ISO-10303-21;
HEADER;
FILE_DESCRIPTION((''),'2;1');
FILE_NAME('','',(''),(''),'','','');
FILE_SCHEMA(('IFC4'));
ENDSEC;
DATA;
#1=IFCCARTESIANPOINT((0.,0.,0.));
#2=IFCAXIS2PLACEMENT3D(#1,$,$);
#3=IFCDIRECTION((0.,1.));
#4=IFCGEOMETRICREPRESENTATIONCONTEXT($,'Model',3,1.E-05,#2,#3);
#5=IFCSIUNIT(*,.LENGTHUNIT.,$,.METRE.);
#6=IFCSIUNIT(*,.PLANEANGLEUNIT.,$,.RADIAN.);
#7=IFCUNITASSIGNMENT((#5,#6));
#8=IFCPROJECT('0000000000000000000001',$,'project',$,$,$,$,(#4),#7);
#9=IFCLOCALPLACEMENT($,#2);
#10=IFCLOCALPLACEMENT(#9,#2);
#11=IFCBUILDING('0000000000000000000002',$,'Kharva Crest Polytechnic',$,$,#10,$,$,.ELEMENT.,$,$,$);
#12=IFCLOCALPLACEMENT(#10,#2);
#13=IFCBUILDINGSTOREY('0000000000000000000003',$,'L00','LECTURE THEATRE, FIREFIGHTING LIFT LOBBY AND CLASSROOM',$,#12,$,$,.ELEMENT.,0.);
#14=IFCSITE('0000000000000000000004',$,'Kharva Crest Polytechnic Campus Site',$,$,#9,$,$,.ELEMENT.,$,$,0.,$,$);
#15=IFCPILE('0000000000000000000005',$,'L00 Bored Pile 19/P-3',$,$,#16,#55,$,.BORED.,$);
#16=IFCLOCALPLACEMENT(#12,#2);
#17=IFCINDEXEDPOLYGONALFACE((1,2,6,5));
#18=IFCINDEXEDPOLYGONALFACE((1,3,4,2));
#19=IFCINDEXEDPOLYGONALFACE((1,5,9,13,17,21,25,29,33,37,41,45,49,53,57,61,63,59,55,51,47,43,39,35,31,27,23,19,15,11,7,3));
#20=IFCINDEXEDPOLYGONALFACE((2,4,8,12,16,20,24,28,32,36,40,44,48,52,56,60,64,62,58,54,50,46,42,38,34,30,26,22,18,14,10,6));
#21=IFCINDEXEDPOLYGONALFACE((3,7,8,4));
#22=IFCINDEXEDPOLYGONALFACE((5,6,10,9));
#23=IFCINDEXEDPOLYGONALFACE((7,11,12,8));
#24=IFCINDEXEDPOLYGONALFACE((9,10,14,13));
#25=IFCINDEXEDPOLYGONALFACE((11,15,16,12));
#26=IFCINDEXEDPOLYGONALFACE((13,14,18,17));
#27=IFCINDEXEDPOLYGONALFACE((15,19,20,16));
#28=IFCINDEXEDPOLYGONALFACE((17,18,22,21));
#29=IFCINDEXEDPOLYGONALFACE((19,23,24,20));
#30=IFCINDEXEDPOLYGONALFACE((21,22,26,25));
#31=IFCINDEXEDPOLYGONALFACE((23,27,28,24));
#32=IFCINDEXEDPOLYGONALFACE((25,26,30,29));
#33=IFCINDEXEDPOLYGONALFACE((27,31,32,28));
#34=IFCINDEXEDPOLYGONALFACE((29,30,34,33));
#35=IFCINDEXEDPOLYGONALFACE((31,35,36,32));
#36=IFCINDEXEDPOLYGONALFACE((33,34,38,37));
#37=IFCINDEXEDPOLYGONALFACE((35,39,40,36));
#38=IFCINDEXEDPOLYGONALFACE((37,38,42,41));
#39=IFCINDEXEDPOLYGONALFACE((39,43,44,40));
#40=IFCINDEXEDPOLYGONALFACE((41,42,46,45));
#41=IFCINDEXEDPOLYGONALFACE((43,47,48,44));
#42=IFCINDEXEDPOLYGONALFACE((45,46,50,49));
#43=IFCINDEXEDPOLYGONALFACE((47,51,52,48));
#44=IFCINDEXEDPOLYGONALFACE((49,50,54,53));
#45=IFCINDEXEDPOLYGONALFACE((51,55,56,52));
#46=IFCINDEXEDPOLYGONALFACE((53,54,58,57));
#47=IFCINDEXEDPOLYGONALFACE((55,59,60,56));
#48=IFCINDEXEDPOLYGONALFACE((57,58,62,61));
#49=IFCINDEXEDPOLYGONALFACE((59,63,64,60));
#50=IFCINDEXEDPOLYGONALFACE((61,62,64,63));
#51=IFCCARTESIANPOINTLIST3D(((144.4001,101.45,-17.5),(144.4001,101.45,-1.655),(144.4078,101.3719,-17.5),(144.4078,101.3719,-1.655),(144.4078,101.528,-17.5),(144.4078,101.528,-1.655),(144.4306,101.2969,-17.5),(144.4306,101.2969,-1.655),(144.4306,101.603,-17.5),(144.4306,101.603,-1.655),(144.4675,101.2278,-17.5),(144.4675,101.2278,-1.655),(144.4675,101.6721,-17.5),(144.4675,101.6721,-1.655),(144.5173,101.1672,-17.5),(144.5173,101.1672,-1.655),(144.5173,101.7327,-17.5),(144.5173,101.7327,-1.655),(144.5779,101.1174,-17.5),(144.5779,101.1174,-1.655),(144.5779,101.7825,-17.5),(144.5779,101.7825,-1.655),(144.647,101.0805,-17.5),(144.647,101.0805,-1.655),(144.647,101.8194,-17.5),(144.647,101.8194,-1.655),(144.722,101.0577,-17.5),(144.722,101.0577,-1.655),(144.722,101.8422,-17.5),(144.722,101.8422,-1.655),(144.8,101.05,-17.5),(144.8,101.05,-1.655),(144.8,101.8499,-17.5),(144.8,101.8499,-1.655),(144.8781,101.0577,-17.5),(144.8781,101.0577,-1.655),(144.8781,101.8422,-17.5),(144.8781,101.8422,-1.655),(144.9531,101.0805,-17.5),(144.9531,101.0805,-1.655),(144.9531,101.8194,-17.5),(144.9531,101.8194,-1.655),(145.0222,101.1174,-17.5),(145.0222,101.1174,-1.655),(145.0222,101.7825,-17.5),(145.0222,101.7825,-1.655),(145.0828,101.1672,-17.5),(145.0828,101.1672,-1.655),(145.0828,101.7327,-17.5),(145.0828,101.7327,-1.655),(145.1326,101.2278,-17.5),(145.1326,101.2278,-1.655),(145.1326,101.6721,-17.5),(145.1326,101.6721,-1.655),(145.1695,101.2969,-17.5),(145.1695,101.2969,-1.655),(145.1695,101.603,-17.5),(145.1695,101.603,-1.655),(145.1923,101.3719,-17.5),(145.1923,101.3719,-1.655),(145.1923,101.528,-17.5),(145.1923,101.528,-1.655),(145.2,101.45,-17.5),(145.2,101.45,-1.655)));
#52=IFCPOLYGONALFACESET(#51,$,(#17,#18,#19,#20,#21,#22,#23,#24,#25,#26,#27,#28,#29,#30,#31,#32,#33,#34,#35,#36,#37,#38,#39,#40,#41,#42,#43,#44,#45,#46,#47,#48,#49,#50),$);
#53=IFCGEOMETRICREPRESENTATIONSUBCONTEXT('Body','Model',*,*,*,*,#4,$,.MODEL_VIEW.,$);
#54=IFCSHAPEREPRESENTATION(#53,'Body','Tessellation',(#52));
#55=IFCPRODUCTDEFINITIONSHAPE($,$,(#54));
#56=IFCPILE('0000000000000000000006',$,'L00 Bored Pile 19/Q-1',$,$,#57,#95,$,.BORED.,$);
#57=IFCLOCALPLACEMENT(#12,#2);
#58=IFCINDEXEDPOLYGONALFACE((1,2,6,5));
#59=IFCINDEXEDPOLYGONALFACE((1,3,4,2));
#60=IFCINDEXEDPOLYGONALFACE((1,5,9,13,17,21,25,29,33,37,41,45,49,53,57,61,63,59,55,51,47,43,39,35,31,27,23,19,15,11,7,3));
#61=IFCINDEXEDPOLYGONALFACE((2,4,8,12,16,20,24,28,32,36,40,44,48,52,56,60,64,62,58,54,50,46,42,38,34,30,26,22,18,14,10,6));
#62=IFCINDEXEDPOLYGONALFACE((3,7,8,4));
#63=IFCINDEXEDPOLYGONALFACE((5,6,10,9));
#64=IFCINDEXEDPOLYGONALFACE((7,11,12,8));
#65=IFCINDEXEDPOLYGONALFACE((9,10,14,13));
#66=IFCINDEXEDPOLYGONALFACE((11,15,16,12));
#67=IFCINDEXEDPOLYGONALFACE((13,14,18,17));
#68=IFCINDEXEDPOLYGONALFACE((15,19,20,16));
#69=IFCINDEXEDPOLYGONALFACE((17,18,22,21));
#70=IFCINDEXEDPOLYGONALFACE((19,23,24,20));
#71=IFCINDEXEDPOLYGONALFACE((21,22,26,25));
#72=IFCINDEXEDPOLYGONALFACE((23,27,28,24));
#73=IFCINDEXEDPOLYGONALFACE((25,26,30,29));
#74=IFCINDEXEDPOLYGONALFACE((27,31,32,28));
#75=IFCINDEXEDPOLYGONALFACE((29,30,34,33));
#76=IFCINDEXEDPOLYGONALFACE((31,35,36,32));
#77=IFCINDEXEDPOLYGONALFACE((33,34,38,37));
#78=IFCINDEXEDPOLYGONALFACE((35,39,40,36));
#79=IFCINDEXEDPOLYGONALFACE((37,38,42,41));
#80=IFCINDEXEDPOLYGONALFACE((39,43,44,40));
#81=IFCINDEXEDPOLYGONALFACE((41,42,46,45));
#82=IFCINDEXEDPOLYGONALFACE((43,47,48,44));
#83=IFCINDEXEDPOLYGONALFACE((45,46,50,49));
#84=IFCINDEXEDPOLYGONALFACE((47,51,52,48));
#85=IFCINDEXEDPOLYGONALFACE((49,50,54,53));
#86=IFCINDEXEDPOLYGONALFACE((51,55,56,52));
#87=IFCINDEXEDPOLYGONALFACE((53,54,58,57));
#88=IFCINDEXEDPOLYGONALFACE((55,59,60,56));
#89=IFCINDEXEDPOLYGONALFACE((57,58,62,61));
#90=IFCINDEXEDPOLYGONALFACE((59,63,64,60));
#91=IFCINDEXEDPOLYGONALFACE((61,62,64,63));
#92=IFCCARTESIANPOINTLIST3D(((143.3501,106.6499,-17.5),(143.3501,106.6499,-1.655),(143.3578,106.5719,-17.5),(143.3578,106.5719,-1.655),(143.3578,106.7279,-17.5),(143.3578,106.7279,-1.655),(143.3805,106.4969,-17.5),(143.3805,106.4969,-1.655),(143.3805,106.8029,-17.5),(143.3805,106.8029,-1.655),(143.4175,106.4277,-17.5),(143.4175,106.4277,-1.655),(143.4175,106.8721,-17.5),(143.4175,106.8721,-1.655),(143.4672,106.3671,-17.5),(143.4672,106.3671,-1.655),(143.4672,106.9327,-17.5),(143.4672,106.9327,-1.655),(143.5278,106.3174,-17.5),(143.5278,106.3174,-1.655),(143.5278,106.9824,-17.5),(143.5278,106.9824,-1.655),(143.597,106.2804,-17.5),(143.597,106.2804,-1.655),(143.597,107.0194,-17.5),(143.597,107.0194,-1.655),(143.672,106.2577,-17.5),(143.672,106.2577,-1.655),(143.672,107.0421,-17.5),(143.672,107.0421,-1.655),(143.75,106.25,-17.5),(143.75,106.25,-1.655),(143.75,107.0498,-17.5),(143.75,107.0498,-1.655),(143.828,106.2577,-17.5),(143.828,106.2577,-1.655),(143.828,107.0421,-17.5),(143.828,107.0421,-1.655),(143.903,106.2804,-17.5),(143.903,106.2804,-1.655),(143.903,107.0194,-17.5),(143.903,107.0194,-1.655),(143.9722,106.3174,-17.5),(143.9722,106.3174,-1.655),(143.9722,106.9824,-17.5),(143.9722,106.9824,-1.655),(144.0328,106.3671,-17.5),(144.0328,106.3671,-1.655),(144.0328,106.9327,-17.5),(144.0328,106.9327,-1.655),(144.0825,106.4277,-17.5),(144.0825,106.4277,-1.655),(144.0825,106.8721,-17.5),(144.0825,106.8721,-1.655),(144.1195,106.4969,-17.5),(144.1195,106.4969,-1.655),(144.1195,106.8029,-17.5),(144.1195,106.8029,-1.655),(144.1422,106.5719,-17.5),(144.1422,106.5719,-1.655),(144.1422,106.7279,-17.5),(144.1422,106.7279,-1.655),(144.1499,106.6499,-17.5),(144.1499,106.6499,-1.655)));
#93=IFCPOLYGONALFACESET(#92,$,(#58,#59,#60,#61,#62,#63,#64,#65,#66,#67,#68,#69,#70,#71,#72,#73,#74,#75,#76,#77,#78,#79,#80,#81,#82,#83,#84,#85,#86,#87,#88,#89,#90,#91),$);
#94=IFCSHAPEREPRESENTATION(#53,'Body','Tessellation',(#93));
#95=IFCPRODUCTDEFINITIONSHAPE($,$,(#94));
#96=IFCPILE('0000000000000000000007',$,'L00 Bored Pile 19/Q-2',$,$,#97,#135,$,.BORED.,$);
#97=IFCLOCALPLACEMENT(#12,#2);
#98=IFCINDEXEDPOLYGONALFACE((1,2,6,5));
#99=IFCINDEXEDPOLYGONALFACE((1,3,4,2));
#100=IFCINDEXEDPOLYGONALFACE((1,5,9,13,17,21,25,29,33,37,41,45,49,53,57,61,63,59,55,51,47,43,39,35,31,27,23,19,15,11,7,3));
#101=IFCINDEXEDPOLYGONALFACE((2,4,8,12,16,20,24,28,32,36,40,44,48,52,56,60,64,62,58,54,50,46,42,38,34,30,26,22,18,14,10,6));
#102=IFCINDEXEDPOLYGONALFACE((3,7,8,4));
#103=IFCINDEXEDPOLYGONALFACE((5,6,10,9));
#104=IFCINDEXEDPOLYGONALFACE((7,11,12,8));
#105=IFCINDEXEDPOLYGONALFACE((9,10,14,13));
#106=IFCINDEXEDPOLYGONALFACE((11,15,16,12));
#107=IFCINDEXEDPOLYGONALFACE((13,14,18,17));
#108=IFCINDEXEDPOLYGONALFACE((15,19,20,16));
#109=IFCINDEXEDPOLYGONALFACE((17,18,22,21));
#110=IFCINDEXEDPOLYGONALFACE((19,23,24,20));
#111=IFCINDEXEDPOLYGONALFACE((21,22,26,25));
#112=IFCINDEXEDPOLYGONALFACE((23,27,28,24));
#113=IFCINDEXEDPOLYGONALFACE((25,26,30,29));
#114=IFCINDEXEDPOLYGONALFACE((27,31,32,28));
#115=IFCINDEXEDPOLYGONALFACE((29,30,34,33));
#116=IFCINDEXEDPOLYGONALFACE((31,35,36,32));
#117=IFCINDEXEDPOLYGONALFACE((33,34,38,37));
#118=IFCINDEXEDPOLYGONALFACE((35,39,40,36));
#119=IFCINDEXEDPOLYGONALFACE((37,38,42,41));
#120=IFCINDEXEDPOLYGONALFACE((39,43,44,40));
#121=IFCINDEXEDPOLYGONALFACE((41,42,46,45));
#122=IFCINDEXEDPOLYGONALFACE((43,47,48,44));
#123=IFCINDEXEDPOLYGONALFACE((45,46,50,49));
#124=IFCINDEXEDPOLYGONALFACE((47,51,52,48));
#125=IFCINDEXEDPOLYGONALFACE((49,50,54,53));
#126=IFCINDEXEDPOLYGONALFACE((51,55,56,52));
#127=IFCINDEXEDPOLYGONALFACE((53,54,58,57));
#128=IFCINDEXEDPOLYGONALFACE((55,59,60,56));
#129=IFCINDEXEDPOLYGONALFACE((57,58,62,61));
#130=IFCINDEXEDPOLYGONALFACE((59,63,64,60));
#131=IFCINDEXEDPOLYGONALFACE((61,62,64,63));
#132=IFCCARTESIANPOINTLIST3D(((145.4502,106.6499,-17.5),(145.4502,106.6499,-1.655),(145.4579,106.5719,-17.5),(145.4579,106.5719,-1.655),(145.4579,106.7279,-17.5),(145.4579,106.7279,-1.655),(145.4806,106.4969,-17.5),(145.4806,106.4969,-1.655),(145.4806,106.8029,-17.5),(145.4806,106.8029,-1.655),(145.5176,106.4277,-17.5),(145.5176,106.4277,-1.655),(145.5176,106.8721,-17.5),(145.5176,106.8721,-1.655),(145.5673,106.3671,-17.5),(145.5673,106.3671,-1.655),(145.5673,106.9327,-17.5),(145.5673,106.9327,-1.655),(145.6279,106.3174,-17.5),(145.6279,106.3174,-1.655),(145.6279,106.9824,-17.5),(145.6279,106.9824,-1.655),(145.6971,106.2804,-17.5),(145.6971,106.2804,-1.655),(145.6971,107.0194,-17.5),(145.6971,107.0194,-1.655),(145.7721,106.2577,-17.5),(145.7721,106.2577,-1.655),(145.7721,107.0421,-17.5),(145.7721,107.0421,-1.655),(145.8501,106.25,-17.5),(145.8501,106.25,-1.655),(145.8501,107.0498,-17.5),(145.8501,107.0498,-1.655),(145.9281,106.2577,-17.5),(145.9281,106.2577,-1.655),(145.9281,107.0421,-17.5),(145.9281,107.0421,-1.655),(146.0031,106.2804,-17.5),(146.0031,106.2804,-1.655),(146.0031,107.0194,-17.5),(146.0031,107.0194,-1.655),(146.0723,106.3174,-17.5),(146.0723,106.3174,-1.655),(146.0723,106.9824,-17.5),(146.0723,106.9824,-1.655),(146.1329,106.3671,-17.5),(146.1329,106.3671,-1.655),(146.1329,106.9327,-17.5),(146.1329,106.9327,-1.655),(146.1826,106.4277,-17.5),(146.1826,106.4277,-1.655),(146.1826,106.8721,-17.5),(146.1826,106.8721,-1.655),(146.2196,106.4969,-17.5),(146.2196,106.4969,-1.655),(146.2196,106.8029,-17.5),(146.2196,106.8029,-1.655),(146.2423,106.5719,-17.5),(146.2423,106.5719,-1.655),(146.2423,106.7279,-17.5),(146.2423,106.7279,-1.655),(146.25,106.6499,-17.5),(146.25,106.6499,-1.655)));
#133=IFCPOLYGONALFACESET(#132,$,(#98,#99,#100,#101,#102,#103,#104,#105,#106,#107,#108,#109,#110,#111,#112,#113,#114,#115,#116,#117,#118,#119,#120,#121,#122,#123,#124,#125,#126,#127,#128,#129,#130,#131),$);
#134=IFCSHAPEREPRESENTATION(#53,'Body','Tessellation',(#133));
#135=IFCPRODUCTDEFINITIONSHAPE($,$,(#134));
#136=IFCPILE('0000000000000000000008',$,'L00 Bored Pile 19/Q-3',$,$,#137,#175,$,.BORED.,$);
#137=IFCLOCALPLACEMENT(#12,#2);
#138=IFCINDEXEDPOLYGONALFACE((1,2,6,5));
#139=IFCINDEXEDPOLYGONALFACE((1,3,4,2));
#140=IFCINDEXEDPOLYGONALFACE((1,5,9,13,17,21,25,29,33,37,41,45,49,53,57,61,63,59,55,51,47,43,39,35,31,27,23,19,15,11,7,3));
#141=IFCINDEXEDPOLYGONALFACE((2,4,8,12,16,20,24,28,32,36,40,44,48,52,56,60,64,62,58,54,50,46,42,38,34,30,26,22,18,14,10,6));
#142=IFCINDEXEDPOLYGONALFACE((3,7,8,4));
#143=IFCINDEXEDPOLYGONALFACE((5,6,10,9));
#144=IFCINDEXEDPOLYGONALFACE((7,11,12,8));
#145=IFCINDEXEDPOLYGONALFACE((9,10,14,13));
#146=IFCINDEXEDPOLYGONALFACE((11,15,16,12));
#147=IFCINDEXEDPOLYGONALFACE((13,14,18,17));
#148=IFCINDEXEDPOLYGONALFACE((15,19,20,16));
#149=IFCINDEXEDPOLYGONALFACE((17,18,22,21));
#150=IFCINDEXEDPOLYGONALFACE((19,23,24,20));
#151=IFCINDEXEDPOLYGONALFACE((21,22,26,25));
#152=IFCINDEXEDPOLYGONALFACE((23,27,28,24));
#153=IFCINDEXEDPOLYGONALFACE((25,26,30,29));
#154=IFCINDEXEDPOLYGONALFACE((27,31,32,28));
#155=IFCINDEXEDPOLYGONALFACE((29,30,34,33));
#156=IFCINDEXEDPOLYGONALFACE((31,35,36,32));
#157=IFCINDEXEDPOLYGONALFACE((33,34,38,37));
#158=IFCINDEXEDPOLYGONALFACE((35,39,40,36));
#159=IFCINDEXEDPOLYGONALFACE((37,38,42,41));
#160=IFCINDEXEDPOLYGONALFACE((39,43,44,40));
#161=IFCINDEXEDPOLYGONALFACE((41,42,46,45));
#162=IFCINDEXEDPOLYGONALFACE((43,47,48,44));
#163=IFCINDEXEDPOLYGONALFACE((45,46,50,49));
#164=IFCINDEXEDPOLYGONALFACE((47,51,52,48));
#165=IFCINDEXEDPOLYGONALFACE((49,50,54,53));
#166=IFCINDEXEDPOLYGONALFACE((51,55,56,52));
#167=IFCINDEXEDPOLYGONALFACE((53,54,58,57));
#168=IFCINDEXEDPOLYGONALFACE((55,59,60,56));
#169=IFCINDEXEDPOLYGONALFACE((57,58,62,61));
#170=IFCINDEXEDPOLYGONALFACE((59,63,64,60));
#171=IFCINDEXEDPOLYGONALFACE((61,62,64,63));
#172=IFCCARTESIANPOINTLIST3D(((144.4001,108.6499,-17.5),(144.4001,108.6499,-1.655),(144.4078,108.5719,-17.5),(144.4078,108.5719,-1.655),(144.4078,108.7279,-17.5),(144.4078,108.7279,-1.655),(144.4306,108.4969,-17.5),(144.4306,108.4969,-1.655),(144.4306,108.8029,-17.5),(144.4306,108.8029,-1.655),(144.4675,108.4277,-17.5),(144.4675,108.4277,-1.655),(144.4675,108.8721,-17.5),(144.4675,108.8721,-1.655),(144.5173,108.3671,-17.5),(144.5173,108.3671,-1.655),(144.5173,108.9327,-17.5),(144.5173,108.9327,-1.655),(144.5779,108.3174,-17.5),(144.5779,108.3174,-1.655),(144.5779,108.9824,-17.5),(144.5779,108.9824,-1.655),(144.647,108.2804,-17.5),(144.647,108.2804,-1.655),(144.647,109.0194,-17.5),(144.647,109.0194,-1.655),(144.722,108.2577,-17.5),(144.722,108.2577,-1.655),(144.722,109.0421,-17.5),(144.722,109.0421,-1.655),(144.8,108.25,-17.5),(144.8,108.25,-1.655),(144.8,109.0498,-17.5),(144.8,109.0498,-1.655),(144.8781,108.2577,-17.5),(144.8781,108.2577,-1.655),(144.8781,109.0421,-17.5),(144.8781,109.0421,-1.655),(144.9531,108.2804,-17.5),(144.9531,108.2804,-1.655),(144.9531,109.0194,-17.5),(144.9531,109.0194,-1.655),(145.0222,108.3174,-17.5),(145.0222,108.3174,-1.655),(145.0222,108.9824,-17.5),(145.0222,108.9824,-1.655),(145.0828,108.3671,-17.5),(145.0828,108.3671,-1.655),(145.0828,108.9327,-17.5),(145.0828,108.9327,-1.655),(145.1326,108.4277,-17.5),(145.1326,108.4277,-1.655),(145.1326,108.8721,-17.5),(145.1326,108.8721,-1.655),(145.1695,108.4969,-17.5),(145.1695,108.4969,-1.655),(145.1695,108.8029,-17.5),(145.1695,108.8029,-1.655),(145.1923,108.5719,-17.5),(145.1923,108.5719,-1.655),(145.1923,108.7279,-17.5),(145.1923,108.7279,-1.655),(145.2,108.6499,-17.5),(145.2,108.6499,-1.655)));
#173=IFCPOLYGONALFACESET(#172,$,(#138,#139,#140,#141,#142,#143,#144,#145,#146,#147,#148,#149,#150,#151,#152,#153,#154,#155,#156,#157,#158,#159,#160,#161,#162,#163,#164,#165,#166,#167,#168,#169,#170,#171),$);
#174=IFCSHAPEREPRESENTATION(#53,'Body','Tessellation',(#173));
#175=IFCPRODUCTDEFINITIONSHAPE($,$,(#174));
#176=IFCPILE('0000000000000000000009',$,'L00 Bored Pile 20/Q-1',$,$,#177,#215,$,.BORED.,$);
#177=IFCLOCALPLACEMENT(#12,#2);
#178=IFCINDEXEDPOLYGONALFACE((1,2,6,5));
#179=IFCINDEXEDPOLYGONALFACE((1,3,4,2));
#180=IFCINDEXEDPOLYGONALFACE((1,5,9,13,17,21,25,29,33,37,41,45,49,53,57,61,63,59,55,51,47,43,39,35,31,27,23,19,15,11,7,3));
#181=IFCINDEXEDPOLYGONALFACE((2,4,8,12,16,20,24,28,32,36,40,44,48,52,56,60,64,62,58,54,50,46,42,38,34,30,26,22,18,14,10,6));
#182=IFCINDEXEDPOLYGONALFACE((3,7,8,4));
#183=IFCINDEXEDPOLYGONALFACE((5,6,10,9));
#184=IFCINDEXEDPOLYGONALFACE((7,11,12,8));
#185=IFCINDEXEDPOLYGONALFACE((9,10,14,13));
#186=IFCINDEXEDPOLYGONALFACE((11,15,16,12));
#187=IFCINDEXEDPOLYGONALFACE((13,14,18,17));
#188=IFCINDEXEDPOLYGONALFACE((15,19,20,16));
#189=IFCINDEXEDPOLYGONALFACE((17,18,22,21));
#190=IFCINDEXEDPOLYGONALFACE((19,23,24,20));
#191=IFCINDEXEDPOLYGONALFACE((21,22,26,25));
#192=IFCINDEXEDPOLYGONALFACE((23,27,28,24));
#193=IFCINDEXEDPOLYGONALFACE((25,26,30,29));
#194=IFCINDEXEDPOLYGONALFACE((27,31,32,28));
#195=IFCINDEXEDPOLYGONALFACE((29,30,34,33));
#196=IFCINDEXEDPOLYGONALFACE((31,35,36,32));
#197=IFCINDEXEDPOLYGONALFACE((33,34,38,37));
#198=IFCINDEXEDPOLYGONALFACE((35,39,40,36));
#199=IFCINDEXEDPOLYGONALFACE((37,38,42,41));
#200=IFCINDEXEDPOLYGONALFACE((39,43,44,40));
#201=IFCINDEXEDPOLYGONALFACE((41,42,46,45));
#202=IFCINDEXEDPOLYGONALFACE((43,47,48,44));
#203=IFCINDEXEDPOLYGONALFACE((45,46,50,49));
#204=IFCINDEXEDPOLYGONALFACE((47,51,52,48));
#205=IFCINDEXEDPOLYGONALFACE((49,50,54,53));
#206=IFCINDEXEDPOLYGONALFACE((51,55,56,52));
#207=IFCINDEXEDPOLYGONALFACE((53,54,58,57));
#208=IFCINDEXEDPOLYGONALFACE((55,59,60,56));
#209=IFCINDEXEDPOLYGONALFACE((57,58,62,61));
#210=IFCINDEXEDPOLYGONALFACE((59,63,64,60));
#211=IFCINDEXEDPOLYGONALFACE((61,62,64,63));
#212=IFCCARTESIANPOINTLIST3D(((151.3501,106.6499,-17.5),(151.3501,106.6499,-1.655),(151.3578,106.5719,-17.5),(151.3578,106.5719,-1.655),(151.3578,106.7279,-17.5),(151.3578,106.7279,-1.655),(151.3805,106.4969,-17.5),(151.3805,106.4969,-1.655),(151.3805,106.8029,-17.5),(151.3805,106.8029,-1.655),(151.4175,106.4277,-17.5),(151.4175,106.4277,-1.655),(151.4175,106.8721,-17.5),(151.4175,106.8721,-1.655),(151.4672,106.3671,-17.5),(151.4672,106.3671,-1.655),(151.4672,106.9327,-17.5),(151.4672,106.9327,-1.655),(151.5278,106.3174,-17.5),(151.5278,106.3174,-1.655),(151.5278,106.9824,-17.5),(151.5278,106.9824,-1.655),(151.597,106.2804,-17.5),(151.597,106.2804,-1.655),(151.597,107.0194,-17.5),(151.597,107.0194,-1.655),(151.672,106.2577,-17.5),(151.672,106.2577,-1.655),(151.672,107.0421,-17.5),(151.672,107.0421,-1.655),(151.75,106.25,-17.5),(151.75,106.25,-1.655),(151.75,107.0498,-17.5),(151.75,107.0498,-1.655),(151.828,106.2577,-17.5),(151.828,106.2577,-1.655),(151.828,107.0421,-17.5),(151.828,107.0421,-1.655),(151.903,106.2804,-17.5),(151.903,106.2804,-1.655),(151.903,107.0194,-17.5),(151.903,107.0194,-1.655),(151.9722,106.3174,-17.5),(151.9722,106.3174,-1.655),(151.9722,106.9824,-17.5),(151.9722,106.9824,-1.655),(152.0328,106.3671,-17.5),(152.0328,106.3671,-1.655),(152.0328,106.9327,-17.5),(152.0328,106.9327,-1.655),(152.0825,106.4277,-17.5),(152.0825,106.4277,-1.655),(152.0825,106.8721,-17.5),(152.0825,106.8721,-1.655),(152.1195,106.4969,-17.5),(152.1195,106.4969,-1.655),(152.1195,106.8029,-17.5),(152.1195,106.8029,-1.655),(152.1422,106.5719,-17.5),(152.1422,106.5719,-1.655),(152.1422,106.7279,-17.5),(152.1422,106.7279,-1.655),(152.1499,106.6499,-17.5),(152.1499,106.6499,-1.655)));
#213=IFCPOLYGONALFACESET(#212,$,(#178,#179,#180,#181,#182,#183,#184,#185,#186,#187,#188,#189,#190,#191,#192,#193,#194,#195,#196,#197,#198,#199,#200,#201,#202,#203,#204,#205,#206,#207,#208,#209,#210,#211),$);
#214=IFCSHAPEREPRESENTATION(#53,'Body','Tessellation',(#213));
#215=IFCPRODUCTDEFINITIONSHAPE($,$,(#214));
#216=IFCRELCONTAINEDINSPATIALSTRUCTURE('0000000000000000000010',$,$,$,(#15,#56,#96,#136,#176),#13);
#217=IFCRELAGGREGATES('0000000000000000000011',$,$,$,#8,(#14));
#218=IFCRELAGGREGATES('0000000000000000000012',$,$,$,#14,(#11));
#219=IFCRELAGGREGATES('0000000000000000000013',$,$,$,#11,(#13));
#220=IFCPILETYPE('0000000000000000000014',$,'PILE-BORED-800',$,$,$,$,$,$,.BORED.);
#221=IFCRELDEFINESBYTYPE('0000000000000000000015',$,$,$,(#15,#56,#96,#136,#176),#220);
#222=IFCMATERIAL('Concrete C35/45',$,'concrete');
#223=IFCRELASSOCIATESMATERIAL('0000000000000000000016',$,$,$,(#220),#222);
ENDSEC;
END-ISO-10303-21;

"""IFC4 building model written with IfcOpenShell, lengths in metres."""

from ifc_helpers import new_model, si_unit, direction, frame, origin, origin_2d, place, context, subcontext, project, spatial, circle, extrude, material, material_profile, profile_set, type_object, element, save


model = new_model("IFC4")

# Units and contexts
model_context = context("Model", 3, precision=1e-05, world=origin(), true_north=direction((0.0, 1.0)))
body_context = subcontext(model_context, "Body", "Model", "MODEL_VIEW")
ifc_project = project(units=[si_unit("LENGTHUNIT", "METRE"), si_unit("PLANEANGLEUNIT", "RADIAN")], contexts=[model_context])

# Site, building, storey
site_placement = place(None, origin())
site = spatial("IfcSite", under=ifc_project, at=site_placement, Name="Kharva Crest Polytechnic Campus Site", CompositionType="ELEMENT", RefElevation=0.0)
building_placement = place(site_placement, origin())
building = spatial("IfcBuilding", under=site, at=building_placement, Name="Kharva Crest Polytechnic", CompositionType="ELEMENT")
storey_placement = place(building_placement, origin())
storey = spatial("IfcBuildingStorey", under=building, at=storey_placement, Name="L00", Description="LECTURE THEATRE, FIREFIGHTING LIFT LOBBY AND CLASSROOM", CompositionType="ELEMENT", Elevation=0.0)

# Shared definitions
ifc_material_1 = material(Name="Concrete C35/45", Category="concrete")

# Piles
ifc_material_profile_1 = material_profile(ifc_material_1, circle(Radius=0.3999, at=origin_2d()), Name="DIA 800")
ifc_profile_set_1 = profile_set([ifc_material_profile_1], Name="Concrete C35/45")
pile_type_1 = type_object("IfcPileType", Name="PILE-BORED-800", PredefinedType="BORED", material=ifc_profile_set_1)
for number, where, z_axis, x_axis, name in (
    (1, (144.8, 101.45, -1.655), (0.0, 0.0, -1.0), (1.0, 0.0, 0.0), "L00 Bored Pile 19/P-3"),
    (2, (143.75, 106.6499, -1.655), (0.0, 0.0, -1.0), (1.0, 0.0, 0.0), "L00 Bored Pile 19/Q-1"),
    (3, (145.8501, 106.6499, -1.655), (0.0, 0.0, -1.0), (1.0, 0.0, 0.0), "L00 Bored Pile 19/Q-2"),
    (4, (144.8, 108.6499, -1.655), (0.0, 0.0, -1.0), (1.0, 0.0, 0.0), "L00 Bored Pile 19/Q-3"),
    (5, (151.75, 106.6499, -1.655), (0.0, 0.0, -1.0), (1.0, 0.0, 0.0), "L00 Bored Pile 20/Q-1"),
):
    element("IfcPile", number, at=place(storey_placement, frame(where, z_axis=z_axis, x_axis=x_axis)), inside=storey, type_object=pile_type_1, Name=name, PredefinedType="BORED", context=body_context, shape_type="SweptSolid", body=[
        extrude(circle(Radius=0.3999, at=origin_2d()), origin(), (0.0, 0.0, 1.0), 15.845),
    ])

save(model, "model.ifc")
